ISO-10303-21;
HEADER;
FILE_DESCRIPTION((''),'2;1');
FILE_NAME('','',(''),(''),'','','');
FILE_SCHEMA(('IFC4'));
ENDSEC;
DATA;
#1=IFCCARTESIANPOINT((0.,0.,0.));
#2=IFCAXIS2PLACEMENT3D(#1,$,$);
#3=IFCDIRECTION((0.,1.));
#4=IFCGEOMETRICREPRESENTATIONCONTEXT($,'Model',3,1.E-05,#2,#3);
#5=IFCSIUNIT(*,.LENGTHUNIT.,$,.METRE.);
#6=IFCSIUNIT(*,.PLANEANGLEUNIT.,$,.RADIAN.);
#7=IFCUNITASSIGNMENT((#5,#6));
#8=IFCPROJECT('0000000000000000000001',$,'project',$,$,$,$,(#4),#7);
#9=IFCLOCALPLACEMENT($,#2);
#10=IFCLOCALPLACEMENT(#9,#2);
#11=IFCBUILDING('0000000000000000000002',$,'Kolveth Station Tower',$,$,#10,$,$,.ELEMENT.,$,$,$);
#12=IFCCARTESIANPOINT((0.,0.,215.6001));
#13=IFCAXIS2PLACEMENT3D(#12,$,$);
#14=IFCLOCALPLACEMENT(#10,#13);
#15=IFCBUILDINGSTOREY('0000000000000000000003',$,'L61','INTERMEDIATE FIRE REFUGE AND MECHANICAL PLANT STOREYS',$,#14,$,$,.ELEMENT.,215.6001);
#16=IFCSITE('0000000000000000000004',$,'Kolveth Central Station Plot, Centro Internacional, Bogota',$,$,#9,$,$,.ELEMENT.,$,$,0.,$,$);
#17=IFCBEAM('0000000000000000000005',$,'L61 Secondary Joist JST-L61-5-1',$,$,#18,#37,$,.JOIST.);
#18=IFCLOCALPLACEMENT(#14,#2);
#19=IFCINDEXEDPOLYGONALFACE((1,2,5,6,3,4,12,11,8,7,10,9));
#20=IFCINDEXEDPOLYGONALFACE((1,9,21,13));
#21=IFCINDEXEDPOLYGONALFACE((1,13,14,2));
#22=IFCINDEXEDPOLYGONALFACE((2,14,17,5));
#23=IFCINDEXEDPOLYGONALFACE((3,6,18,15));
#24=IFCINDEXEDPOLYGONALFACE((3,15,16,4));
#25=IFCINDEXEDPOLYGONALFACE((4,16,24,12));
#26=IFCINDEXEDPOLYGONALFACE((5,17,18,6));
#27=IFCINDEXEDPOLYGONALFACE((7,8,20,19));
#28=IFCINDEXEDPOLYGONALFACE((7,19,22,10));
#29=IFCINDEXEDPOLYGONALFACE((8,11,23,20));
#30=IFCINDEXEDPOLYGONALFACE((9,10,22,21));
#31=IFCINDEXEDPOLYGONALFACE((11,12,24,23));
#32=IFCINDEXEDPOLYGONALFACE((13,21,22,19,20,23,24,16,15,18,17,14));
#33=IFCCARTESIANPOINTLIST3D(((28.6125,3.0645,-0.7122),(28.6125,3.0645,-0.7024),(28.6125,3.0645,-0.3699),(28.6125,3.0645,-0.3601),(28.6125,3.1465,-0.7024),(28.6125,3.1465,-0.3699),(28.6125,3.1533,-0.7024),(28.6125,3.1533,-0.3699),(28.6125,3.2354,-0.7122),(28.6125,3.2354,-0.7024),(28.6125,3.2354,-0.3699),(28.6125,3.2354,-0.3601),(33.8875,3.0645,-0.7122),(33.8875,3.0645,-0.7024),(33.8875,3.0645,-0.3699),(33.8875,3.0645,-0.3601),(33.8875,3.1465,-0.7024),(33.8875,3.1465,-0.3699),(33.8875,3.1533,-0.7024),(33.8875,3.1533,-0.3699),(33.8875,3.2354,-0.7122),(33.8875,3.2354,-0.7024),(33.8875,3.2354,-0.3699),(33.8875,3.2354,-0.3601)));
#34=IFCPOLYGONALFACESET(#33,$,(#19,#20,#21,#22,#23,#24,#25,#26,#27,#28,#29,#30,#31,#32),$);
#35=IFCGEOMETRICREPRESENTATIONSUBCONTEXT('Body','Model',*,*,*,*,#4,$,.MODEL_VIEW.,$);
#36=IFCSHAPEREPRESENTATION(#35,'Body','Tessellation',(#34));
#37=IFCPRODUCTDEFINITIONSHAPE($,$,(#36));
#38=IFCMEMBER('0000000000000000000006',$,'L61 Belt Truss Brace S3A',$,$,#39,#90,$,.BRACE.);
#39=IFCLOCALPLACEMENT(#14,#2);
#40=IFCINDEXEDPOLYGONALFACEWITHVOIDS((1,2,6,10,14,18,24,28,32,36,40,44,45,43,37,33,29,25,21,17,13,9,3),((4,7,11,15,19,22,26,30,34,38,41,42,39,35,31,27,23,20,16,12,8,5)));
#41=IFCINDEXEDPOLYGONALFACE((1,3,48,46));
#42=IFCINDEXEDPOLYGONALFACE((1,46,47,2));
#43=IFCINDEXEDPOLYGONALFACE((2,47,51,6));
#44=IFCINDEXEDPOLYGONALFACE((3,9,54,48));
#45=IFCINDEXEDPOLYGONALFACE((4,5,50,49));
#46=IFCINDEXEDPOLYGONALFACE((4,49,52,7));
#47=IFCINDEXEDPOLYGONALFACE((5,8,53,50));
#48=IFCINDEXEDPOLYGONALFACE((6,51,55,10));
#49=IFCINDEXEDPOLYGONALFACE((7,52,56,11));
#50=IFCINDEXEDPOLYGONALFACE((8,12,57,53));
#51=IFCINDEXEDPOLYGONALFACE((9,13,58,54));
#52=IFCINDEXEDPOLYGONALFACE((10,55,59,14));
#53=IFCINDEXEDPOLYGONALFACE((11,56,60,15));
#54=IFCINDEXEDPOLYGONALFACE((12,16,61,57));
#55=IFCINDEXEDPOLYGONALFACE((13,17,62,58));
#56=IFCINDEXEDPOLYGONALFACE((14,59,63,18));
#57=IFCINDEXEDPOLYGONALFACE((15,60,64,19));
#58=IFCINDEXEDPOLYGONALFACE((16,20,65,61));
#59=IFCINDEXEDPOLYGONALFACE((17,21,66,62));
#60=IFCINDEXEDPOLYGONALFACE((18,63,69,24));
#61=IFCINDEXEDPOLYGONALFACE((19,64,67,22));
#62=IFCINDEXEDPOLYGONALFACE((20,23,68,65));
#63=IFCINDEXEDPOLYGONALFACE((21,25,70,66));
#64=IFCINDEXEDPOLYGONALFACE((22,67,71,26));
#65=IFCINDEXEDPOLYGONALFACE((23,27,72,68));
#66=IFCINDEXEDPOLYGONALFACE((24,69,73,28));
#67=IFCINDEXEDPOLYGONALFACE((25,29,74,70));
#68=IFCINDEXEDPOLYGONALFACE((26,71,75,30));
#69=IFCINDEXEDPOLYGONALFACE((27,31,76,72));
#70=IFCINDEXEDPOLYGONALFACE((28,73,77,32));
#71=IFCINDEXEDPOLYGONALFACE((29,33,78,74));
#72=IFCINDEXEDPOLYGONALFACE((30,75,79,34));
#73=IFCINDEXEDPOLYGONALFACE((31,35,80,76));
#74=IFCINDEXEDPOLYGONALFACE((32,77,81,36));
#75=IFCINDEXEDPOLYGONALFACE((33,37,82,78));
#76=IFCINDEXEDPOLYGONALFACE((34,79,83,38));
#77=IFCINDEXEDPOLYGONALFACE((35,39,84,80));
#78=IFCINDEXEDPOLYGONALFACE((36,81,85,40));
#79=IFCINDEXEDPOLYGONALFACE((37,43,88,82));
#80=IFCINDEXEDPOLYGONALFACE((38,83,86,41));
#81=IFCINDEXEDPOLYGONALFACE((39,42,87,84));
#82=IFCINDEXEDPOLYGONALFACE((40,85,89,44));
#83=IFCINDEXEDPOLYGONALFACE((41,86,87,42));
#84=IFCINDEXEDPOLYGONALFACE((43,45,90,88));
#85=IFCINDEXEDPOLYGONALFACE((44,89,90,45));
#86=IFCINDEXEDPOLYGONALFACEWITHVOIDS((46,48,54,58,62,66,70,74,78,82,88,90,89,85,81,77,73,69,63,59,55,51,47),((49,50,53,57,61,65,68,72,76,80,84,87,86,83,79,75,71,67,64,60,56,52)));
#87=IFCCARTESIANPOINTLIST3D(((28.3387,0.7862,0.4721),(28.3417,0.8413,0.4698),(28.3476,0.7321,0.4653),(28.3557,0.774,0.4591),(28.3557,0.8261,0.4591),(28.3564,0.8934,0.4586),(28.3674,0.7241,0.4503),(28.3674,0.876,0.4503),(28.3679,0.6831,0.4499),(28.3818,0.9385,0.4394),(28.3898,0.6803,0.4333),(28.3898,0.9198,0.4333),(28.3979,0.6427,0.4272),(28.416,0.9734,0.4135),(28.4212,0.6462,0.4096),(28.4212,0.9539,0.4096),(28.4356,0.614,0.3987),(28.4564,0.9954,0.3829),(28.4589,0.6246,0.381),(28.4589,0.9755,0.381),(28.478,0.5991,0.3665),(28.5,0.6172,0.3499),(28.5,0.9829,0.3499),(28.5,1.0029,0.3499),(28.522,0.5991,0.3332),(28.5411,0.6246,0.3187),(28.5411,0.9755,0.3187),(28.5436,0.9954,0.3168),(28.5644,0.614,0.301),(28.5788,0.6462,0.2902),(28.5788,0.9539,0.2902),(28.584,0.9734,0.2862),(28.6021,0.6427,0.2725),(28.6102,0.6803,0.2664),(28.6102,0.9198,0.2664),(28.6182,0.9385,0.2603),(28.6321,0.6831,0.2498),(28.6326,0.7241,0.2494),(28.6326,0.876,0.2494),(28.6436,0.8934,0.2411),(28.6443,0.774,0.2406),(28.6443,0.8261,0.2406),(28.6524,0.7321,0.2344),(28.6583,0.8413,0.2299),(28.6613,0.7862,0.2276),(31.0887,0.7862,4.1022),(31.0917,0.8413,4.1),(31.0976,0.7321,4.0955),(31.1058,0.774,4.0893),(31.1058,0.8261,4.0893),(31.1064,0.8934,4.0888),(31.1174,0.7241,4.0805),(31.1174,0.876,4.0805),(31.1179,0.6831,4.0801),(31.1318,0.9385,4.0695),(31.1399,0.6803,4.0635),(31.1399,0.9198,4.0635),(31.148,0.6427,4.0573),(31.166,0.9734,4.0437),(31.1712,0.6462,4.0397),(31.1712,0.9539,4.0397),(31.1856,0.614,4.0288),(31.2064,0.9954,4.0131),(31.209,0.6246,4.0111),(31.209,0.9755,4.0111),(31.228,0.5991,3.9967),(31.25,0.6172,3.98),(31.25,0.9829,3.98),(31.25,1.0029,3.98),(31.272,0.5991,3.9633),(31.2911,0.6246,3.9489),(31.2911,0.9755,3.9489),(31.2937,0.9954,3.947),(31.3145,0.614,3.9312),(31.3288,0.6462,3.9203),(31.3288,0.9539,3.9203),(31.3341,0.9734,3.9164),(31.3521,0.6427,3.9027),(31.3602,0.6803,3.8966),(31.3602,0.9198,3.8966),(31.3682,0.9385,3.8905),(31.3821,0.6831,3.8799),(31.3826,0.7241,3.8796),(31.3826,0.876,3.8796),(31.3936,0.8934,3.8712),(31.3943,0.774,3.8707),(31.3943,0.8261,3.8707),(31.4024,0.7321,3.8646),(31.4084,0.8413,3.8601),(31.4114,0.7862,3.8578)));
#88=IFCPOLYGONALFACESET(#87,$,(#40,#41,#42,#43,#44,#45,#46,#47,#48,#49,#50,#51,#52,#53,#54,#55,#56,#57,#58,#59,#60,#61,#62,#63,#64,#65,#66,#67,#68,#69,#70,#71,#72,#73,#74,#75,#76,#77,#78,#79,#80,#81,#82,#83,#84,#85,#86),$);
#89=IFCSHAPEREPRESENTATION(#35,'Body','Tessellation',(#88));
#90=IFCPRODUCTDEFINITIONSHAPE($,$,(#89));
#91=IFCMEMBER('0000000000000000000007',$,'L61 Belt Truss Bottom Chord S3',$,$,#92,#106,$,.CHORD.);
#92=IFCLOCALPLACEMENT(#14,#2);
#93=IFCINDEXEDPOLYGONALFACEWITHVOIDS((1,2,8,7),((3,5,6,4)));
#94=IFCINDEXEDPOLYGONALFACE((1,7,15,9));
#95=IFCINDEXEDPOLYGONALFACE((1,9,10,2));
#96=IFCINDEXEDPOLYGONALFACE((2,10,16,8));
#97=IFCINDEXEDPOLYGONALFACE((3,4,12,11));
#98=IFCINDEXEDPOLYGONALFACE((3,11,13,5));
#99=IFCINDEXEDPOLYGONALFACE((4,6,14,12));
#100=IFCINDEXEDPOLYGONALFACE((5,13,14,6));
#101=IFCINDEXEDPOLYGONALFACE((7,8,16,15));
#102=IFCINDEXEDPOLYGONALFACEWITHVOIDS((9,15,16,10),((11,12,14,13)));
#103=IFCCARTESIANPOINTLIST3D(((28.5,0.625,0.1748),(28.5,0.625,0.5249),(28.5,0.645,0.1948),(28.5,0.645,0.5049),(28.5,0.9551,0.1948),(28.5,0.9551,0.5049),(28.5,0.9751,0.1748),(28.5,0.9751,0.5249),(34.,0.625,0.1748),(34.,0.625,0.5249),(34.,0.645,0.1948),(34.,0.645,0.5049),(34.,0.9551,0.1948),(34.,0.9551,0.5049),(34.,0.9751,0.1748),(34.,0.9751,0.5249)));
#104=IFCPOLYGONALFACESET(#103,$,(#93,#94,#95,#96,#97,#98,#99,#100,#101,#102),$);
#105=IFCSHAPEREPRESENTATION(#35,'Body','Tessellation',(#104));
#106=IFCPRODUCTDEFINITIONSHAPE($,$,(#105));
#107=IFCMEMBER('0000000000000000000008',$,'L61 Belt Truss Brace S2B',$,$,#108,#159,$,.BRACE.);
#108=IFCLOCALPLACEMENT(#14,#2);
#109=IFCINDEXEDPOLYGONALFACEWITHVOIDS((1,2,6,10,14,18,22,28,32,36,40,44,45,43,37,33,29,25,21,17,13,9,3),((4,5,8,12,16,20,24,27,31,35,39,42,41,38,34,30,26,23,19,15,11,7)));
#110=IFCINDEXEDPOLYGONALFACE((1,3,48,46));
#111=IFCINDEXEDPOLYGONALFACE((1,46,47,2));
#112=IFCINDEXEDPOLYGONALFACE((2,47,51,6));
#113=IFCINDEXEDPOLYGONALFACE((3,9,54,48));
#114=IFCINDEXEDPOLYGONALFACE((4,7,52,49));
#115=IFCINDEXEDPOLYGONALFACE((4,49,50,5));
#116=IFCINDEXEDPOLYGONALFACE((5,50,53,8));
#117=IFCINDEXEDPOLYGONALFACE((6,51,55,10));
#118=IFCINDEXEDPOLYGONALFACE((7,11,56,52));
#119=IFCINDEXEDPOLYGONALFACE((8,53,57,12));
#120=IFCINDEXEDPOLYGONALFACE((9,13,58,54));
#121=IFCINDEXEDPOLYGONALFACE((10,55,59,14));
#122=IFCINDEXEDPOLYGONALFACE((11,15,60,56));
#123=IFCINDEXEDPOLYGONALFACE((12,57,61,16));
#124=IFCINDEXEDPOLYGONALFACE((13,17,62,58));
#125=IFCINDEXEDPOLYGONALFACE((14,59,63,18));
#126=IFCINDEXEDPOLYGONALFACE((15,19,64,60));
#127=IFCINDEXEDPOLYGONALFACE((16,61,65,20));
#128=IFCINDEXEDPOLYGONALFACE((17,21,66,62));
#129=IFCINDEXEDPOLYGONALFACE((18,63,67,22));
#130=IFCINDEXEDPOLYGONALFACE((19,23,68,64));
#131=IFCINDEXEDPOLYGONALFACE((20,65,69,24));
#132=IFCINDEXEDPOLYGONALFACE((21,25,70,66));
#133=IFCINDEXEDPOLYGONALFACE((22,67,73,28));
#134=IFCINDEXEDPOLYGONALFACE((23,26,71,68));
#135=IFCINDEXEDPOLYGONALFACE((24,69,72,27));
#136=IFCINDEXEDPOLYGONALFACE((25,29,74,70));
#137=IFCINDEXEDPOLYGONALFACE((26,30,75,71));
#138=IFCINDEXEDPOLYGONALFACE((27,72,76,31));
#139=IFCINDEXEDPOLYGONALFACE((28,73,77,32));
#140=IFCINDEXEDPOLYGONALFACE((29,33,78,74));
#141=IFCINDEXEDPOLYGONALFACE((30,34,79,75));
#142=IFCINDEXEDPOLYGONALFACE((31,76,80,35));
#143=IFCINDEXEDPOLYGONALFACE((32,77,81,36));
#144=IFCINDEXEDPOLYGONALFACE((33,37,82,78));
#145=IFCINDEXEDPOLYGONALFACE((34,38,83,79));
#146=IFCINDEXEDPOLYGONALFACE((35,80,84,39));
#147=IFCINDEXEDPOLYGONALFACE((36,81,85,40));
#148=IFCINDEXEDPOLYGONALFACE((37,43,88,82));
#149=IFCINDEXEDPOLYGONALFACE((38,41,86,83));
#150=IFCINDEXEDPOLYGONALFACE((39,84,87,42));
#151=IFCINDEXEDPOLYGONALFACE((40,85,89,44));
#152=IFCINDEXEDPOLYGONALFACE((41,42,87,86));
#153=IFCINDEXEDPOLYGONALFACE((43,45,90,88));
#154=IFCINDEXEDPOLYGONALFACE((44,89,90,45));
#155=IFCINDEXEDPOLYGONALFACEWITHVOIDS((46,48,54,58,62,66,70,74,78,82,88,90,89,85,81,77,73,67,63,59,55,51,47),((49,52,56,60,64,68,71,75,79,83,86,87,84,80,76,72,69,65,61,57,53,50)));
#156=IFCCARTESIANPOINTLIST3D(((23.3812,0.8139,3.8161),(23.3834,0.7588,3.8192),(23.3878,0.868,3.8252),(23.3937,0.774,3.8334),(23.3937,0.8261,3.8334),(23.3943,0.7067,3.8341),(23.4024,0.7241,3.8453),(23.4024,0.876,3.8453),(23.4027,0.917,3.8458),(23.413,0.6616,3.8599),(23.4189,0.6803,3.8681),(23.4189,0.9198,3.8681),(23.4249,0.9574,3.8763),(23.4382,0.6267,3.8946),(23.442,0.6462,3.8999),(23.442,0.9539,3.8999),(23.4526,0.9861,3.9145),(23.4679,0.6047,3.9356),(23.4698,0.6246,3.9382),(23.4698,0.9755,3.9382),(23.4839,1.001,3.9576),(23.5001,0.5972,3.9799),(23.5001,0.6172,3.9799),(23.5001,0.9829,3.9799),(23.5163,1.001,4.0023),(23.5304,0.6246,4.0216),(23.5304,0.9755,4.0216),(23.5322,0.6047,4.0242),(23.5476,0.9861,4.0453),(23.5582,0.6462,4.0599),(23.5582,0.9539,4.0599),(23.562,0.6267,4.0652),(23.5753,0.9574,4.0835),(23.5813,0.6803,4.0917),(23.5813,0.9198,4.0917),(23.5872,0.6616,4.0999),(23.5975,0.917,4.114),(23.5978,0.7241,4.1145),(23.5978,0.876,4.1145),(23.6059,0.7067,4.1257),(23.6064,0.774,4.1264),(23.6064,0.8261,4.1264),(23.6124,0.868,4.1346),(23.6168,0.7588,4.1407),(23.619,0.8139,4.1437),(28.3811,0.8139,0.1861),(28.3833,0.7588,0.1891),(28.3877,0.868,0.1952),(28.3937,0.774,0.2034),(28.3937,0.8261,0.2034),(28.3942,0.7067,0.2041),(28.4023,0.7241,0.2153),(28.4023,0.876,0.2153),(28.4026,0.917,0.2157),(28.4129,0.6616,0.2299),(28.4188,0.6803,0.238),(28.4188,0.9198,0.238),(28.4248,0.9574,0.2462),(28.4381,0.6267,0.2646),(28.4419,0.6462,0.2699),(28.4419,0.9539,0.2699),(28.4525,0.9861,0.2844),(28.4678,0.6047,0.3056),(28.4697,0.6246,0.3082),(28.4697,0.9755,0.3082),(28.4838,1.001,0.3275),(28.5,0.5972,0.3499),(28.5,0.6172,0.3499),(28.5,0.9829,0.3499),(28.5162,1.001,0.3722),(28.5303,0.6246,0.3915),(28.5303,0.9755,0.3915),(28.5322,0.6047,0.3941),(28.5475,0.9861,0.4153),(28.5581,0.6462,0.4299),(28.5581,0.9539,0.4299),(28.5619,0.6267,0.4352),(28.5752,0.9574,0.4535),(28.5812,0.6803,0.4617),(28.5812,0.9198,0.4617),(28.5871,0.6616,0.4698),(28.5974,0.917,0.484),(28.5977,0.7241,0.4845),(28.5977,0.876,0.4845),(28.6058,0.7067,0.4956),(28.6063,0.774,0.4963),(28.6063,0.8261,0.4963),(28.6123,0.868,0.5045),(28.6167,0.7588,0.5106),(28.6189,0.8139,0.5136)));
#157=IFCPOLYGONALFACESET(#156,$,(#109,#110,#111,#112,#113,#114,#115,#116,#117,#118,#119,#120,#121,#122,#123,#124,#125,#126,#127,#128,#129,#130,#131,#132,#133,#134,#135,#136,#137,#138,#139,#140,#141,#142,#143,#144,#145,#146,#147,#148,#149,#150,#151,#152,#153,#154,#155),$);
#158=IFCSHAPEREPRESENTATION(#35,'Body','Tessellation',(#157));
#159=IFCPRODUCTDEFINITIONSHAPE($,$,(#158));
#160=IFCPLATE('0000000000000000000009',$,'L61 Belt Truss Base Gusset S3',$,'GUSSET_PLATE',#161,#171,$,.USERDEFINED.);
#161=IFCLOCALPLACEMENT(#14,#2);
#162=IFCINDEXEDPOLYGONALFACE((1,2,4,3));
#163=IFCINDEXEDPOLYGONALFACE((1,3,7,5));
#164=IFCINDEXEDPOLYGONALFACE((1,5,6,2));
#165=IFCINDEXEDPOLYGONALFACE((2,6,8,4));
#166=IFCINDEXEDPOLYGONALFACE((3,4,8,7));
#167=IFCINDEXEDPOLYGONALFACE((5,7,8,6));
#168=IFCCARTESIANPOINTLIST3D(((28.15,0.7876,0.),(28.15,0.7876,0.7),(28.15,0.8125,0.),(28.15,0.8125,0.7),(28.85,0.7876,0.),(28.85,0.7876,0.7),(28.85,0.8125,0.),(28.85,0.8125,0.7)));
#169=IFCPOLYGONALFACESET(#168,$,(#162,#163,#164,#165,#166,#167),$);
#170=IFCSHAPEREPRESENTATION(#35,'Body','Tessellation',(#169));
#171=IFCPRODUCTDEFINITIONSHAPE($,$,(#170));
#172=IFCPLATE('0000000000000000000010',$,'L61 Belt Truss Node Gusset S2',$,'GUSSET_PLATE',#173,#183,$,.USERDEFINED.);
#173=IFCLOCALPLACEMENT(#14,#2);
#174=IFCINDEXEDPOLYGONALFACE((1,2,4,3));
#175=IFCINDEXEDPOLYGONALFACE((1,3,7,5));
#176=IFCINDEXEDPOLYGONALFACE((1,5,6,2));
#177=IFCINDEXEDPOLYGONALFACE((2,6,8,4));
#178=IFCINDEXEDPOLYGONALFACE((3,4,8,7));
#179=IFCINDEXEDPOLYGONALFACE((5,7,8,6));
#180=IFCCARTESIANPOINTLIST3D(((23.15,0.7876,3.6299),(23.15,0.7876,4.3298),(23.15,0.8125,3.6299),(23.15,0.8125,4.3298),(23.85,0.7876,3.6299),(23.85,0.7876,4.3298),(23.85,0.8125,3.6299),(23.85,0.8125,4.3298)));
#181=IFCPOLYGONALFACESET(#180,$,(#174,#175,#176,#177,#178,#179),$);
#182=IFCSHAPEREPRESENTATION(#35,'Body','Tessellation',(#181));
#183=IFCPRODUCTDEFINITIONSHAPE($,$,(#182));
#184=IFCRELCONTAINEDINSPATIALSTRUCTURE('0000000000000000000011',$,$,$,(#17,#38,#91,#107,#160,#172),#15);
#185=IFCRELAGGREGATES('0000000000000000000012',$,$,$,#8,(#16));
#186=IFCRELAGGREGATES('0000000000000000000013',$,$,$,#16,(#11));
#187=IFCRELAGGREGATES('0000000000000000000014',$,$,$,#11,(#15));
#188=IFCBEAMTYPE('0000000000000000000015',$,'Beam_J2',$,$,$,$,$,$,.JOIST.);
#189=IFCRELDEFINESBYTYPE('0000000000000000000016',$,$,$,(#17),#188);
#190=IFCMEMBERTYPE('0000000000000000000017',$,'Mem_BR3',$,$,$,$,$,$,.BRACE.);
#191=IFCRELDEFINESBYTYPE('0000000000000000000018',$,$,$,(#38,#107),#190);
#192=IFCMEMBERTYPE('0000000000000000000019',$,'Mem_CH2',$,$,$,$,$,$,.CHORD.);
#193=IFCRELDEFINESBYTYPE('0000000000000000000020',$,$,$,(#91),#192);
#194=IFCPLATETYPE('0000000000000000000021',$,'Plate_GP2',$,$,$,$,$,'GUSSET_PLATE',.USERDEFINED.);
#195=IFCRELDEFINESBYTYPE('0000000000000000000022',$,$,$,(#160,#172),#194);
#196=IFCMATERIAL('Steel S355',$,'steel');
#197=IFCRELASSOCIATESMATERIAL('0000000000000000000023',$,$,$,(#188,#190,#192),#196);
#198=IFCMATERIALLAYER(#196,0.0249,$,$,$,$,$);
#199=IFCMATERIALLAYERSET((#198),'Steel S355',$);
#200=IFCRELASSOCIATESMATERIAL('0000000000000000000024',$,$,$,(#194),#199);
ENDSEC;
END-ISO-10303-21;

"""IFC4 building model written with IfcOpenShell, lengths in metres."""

from ifc_helpers import new_model, si_unit, direction, frame, origin, origin_2d, place, context, subcontext, project, spatial, rectangle, hollow_rectangle, hollow_circle, i_section, extrude, source, transform, mapped, material, layer, layer_set, material_profile, profile_set, type_object, element, save


model = new_model("IFC4")

# Units and contexts
model_context = context("Model", 3, precision=1e-05, world=origin(), true_north=direction((0.0, 1.0)))
body_context = subcontext(model_context, "Body", "Model", "MODEL_VIEW")
ifc_project = project(units=[si_unit("LENGTHUNIT", "METRE"), si_unit("PLANEANGLEUNIT", "RADIAN")], contexts=[model_context])

# Site, building, storey
site_placement = place(None, origin())
site = spatial("IfcSite", under=ifc_project, at=site_placement, Name="Kolveth Central Station Plot, Centro Internacional, Bogota", CompositionType="ELEMENT", RefElevation=0.0)
building_placement = place(site_placement, origin())
building = spatial("IfcBuilding", under=site, at=building_placement, Name="Kolveth Station Tower", CompositionType="ELEMENT")
storey_placement = place(building_placement, frame((0.0, 0.0, 215.6001)))
storey = spatial("IfcBuildingStorey", under=building, at=storey_placement, Name="L61", Description="INTERMEDIATE FIRE REFUGE AND MECHANICAL PLANT STOREYS", CompositionType="ELEMENT", Elevation=215.6001)

# Shared definitions
ifc_material_1 = material(Name="Steel S355", Category="steel")

# Beam
ifc_material_profile_1 = material_profile(ifc_material_1, i_section(OverallWidth=0.1709, OverallDepth=0.3521, WebThickness=0.0068, FlangeThickness=0.0098, at=origin_2d()), Name="W360x44")
ifc_profile_set_1 = profile_set([ifc_material_profile_1], Name="Steel S355")
beam_type_1 = type_object("IfcBeamType", Name="Beam_J2", PredefinedType="JOIST", material=ifc_profile_set_1)
shared_shape_1 = source(origin(), body_context, "Body", "SweptSolid", [
    extrude(i_section(OverallWidth=0.1709, OverallDepth=0.3521, WebThickness=0.0068, FlangeThickness=0.0098, at=origin_2d()), origin(), (0.0, 0.0, 1.0), 5.2749),
])
beam_1_placement = place(storey_placement, frame((28.6125, 3.1499, -0.5361), z_axis=(1.0, 0.0, 0.0), x_axis=(0.0, 1.0, 0.0)))
element("IfcBeam", 1, at=beam_1_placement, inside=storey, type_object=beam_type_1, Name="L61 Secondary Joist JST-L61-5-1", PredefinedType="JOIST", context=body_context, shape_type="MappedRepresentation", body=[
    mapped(shared_shape_1, transform((0.0, 0.0, 0.0), x_axis=(1.0, 0.0, 0.0), y_axis=(0.0, 1.0, 0.0), z_axis=(0.0, 0.0, 1.0), scale=1.0)),
])

# Members
ifc_material_profile_2 = material_profile(ifc_material_1, hollow_circle(Radius=0.2029, WallThickness=0.02, at=origin_2d()), Name="CHS406x20")
ifc_profile_set_2 = profile_set([ifc_material_profile_2], Name="Steel S355")
member_type_1 = type_object("IfcMemberType", Name="Mem_BR3", PredefinedType="BRACE", material=ifc_profile_set_2)
shared_shape_2 = source(origin(), body_context, "Body", "SweptSolid", [
    extrude(hollow_circle(Radius=0.2029, WallThickness=0.02, at=origin_2d()), origin(), (0.0, 0.0, 1.0), 4.5542),
])
member_1_placement = place(storey_placement, frame((28.5, 0.8, 0.3499), z_axis=(0.603844, 0.0, 0.797102), x_axis=(0.0, 1.0, 0.0)))
element("IfcMember", 2, at=member_1_placement, inside=storey, type_object=member_type_1, Name="L61 Belt Truss Brace S3A", PredefinedType="BRACE", context=body_context, shape_type="MappedRepresentation", body=[
    mapped(shared_shape_2, transform((0.0, 0.0, 0.0), x_axis=(1.0, 0.0, 0.0), y_axis=(0.0, 1.0, 0.0), z_axis=(0.0, 0.0, 1.0), scale=1.0)),
])
ifc_material_profile_3 = material_profile(ifc_material_1, hollow_rectangle(XDim=0.3501, YDim=0.3501, WallThickness=0.02, at=origin_2d()), Name="HSS350x350x20")
ifc_profile_set_3 = profile_set([ifc_material_profile_3], Name="Steel S355")
member_type_2 = type_object("IfcMemberType", Name="Mem_CH2", PredefinedType="CHORD", material=ifc_profile_set_3)
shared_shape_3 = source(origin(), body_context, "Body", "SweptSolid", [
    extrude(hollow_rectangle(XDim=0.3501, YDim=0.3501, WallThickness=0.02, at=origin_2d()), origin(), (0.0, 0.0, 1.0), 5.5),
])
member_2_placement = place(storey_placement, frame((28.5, 0.8, 0.3499), z_axis=(1.0, 0.0, 0.0), x_axis=(0.0, 1.0, 0.0)))
element("IfcMember", 3, at=member_2_placement, inside=storey, type_object=member_type_2, Name="L61 Belt Truss Bottom Chord S3", PredefinedType="CHORD", context=body_context, shape_type="MappedRepresentation", body=[
    mapped(shared_shape_3, transform((0.0, 0.0, 0.0), x_axis=(1.0, 0.0, 0.0), y_axis=(0.0, 1.0, 0.0), z_axis=(0.0, 0.0, 1.0), scale=1.0)),
])
shared_shape_4 = source(origin(), body_context, "Body", "SweptSolid", [
    extrude(hollow_circle(Radius=0.2029, WallThickness=0.02, at=origin_2d()), origin(), (0.0, 0.0, 1.0), 6.1787),
])
member_3_placement = place(storey_placement, frame((28.5, 0.8, 0.3499), z_axis=(-0.809216, 0.0, 0.587511), x_axis=(0.0, -1.0, 0.0)))
element("IfcMember", 4, at=member_3_placement, inside=storey, type_object=member_type_1, Name="L61 Belt Truss Brace S2B", PredefinedType="BRACE", context=body_context, shape_type="MappedRepresentation", body=[
    mapped(shared_shape_4, transform((0.0, 0.0, 0.0), x_axis=(1.0, 0.0, 0.0), y_axis=(0.0, 1.0, 0.0), z_axis=(0.0, 0.0, 1.0), scale=1.0)),
])

# Plates
ifc_layer_1 = layer(ifc_material_1, 0.0249)
ifc_layer_set_1 = layer_set([ifc_layer_1], Name="Steel S355")
plate_type = type_object("IfcPlateType", Name="Plate_GP2", ElementType="GUSSET_PLATE", PredefinedType="USERDEFINED", material=ifc_layer_set_1)
shared_shape_5 = source(origin(), body_context, "Body", "SweptSolid", [
    extrude(rectangle(XDim=0.7, YDim=0.0249, at=origin_2d()), origin(), (0.0, 0.0, 1.0), 0.7),
])
for number, where, z_axis, x_axis, name in (
    (5, (28.5, 0.8, 0.0), (0.0, 0.0, 1.0), (1.0, 0.0, 0.0), "L61 Belt Truss Base Gusset S3"),
    (6, (23.5, 0.8, 3.6299), (0.0, 0.0, 1.0), (1.0, 0.0, 0.0), "L61 Belt Truss Node Gusset S2"),
):
    element("IfcPlate", number, at=place(storey_placement, frame(where, z_axis=z_axis, x_axis=x_axis)), inside=storey, type_object=plate_type, Name=name, ObjectType="GUSSET_PLATE", PredefinedType="USERDEFINED", context=body_context, shape_type="MappedRepresentation", body=[
        mapped(shared_shape_5, transform((0.0, 0.0, 0.0), x_axis=(1.0, 0.0, 0.0), y_axis=(0.0, 1.0, 0.0), z_axis=(0.0, 0.0, 1.0), scale=1.0)),
    ])

save(model, "model.ifc")
